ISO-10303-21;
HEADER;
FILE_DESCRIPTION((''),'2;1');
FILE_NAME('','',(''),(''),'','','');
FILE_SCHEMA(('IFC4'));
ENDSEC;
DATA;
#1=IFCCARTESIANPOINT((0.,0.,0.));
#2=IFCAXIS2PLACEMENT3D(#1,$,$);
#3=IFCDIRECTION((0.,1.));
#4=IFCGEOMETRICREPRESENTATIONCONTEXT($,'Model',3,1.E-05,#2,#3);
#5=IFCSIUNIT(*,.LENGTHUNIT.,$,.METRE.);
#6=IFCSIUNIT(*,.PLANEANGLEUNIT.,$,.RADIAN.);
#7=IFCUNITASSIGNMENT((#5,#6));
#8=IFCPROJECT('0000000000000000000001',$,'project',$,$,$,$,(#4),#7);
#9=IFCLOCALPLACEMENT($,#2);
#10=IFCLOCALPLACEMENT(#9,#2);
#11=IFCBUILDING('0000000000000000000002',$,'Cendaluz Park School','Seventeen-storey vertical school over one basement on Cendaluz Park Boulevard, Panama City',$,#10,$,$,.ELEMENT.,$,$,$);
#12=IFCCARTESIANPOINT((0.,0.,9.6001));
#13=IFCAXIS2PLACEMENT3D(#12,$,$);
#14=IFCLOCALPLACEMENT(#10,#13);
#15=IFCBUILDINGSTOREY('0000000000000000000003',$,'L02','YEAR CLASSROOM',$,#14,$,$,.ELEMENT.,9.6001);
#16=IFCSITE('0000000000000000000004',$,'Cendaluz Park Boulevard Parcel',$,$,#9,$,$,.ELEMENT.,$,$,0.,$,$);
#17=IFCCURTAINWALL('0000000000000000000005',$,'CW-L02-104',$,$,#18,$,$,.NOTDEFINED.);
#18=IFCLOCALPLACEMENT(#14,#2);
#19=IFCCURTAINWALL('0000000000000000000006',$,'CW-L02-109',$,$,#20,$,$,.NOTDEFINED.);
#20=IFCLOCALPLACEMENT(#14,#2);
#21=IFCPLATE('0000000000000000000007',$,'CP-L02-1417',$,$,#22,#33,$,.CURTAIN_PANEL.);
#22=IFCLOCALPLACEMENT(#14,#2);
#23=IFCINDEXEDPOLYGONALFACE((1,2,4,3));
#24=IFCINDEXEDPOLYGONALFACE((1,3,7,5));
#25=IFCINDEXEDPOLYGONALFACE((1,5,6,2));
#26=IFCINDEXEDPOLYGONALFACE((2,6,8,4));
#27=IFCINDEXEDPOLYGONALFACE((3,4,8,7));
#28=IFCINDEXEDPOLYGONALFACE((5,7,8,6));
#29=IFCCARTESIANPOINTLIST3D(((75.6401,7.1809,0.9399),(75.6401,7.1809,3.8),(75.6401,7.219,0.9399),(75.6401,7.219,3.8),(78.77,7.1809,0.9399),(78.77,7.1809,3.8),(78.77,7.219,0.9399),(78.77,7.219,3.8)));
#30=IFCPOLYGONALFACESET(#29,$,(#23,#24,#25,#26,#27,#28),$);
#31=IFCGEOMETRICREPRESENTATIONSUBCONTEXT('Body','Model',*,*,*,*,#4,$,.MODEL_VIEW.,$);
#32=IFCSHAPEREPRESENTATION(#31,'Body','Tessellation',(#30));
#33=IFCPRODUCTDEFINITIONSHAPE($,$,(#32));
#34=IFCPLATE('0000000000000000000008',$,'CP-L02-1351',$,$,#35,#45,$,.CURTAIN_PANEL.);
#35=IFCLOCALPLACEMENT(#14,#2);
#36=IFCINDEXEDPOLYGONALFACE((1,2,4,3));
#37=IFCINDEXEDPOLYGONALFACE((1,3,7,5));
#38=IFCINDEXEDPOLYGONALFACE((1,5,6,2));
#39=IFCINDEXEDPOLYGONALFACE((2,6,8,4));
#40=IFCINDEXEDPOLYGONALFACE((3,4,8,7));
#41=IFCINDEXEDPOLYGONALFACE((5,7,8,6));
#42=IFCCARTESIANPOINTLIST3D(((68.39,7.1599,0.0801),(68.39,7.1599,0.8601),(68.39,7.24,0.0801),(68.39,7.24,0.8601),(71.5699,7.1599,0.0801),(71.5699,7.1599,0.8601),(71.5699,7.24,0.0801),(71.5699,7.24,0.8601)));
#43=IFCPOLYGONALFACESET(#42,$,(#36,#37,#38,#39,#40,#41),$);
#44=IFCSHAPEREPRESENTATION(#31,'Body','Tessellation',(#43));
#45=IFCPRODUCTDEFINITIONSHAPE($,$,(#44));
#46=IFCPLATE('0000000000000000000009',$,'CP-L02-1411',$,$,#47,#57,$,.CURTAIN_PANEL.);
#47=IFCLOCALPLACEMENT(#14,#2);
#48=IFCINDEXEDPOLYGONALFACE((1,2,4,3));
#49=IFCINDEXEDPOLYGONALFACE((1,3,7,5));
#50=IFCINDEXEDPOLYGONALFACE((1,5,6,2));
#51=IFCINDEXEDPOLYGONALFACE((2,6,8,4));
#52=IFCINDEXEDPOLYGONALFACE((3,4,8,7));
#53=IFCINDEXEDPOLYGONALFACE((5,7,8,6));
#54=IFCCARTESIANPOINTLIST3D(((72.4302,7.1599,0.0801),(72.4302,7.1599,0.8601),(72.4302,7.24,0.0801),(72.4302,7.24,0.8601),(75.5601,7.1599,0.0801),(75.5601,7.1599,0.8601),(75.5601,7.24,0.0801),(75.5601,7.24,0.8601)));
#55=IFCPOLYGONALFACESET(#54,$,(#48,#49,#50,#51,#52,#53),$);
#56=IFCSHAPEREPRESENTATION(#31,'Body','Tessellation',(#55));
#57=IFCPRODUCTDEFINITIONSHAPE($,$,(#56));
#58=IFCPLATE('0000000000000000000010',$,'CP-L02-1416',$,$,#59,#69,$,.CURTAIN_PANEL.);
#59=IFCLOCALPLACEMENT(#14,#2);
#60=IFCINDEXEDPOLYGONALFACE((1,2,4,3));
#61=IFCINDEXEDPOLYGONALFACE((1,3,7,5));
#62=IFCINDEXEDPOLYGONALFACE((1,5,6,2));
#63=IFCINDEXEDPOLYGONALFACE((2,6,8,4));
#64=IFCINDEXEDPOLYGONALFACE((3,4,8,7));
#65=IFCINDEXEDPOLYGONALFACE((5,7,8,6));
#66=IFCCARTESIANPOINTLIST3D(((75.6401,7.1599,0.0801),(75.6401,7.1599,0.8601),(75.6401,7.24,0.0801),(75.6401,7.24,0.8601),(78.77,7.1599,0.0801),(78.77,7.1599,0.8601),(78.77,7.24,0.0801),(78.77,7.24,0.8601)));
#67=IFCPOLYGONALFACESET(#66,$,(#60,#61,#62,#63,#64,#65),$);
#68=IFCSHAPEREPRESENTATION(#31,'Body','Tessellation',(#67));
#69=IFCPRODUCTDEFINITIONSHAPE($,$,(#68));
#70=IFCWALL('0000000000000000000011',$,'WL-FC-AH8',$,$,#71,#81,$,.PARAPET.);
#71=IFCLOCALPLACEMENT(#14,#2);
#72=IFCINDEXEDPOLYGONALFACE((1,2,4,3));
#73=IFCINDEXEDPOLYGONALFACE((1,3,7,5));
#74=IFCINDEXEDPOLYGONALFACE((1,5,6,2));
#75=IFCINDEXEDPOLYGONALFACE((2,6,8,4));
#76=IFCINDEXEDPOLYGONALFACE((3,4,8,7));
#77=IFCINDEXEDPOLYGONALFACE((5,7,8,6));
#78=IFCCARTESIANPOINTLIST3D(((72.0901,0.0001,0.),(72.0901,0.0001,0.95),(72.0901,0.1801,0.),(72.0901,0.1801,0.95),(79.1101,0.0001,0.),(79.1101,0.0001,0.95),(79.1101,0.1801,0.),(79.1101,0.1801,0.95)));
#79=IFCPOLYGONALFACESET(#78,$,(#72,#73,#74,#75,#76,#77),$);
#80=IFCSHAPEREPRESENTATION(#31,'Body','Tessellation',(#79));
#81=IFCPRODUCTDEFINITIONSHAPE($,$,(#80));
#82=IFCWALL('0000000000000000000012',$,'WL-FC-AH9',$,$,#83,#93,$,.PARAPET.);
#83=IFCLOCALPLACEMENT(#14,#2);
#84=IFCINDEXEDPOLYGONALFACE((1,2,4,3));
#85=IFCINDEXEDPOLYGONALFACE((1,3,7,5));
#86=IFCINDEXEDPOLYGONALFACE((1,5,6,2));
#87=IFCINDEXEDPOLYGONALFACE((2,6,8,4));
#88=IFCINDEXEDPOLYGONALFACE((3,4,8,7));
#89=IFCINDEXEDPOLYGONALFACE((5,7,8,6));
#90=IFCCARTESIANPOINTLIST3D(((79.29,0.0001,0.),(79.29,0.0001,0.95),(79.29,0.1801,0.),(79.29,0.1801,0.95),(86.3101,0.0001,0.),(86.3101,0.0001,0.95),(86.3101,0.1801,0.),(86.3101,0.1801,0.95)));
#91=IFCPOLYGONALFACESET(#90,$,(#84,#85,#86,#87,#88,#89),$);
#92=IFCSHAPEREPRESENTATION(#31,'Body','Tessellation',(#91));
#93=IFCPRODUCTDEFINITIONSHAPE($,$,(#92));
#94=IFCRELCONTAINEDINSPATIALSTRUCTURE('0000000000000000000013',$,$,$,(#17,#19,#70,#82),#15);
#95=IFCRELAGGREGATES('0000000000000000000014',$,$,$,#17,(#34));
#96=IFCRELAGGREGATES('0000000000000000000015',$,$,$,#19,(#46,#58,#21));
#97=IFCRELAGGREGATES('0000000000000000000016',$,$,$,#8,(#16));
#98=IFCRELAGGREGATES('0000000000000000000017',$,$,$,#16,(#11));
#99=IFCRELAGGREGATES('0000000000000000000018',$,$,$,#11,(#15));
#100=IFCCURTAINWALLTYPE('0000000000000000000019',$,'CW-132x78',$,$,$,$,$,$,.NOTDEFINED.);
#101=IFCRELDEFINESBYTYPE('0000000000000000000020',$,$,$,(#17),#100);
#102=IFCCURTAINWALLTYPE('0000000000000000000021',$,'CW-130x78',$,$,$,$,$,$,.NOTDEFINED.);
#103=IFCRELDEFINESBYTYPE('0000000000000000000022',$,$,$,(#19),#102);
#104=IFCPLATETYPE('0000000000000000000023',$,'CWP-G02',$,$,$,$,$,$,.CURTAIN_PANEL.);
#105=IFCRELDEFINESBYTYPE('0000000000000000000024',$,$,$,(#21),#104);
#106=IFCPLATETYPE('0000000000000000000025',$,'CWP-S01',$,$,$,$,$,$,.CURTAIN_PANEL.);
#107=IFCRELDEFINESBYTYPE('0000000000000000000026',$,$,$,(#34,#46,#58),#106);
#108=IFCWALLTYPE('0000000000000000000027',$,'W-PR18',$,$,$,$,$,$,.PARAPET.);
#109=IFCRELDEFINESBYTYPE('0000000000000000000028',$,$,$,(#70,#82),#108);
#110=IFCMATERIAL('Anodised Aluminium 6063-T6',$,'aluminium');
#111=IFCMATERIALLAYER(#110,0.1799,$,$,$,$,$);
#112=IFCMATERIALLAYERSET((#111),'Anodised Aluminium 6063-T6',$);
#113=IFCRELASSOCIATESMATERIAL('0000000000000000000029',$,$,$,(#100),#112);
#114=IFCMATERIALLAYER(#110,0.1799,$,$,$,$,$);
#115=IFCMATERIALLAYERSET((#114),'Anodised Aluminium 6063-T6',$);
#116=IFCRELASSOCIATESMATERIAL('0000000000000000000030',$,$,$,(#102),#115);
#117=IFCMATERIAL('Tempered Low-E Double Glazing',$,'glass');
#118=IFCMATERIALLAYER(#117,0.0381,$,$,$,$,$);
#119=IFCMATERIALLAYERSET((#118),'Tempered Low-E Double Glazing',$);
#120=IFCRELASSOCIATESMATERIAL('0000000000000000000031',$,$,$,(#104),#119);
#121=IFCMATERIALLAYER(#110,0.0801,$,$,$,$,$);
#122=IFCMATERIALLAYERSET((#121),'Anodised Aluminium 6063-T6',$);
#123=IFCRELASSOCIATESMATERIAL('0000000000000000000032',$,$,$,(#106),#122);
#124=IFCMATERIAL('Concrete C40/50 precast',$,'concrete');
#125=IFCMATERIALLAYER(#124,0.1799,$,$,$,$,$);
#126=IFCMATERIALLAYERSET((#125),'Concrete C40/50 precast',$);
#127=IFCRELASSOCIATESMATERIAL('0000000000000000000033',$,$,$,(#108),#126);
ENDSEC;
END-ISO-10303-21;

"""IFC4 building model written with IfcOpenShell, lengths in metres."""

from ifc_helpers import new_model, si_unit, direction, frame, frame_2d, origin, origin_2d, place, context, subcontext, project, spatial, rectangle, extrude, material, layer, layer_set, type_object, element, aggregate, save


model = new_model("IFC4")

# Units and contexts
model_context = context("Model", 3, precision=1e-05, world=origin(), true_north=direction((0.0, 1.0)))
body_context = subcontext(model_context, "Body", "Model", "MODEL_VIEW")
ifc_project = project(units=[si_unit("LENGTHUNIT", "METRE"), si_unit("PLANEANGLEUNIT", "RADIAN")], contexts=[model_context])

# Site, building, storey
site_placement = place(None, origin())
site = spatial("IfcSite", under=ifc_project, at=site_placement, Name="Cendaluz Park Boulevard Parcel", CompositionType="ELEMENT", RefElevation=0.0)
building_placement = place(site_placement, origin())
building = spatial("IfcBuilding", under=site, at=building_placement, Name="Cendaluz Park School", Description="Seventeen-storey vertical school over one basement on Cendaluz Park Boulevard, Panama City", CompositionType="ELEMENT")
storey_placement = place(building_placement, frame((0.0, 0.0, 9.6001)))
storey = spatial("IfcBuildingStorey", under=building, at=storey_placement, Name="L02", Description="YEAR CLASSROOM", CompositionType="ELEMENT", Elevation=9.6001)

# Curtain wall
ifc_material_1 = material(Name="Anodised Aluminium 6063-T6", Category="aluminium")
ifc_layer_1 = layer(ifc_material_1, 0.1799)
ifc_layer_set_1 = layer_set([ifc_layer_1], Name="Anodised Aluminium 6063-T6")
curtain_wall_type_1 = type_object("IfcCurtainWallType", Name="CW-132x78", PredefinedType="NOTDEFINED", material=ifc_layer_set_1)
curtain_wall_1_placement = place(storey_placement, origin())
curtain_wall_1 = element("IfcCurtainWall", 1, at=curtain_wall_1_placement, inside=storey, type_object=curtain_wall_type_1, Name="CW-L02-104", PredefinedType="NOTDEFINED")

# Curtain wall
ifc_layer_2 = layer(ifc_material_1, 0.1799)
ifc_layer_set_2 = layer_set([ifc_layer_2], Name="Anodised Aluminium 6063-T6")
curtain_wall_type_2 = type_object("IfcCurtainWallType", Name="CW-130x78", PredefinedType="NOTDEFINED", material=ifc_layer_set_2)
curtain_wall_2_placement = place(storey_placement, origin())
curtain_wall_2 = element("IfcCurtainWall", 2, at=curtain_wall_2_placement, inside=storey, type_object=curtain_wall_type_2, Name="CW-L02-109", PredefinedType="NOTDEFINED")

# Plates
ifc_material_2 = material(Name="Tempered Low-E Double Glazing", Category="glass")
ifc_layer_3 = layer(ifc_material_2, 0.0381)
ifc_layer_set_3 = layer_set([ifc_layer_3], Name="Tempered Low-E Double Glazing")
plate_type_1 = type_object("IfcPlateType", Name="CWP-G02", PredefinedType="CURTAIN_PANEL", material=ifc_layer_set_3)
plate_1_placement = place(storey_placement, frame((77.2051, 7.2, 0.9399), z_axis=(0.0, 0.0, 1.0), x_axis=(1.0, 0.0, 0.0)))
plate_1 = element("IfcPlate", 3, at=plate_1_placement, type_object=plate_type_1, Name="CP-L02-1417", PredefinedType="CURTAIN_PANEL", context=body_context, shape_type="SweptSolid", body=[
    extrude(rectangle(XDim=3.1299, YDim=0.0381, at=origin_2d()), origin(), (0.0, 0.0, 1.0), 2.8601),
])
ifc_layer_4 = layer(ifc_material_1, 0.0801)
ifc_layer_set_4 = layer_set([ifc_layer_4], Name="Anodised Aluminium 6063-T6")
plate_type_2 = type_object("IfcPlateType", Name="CWP-S01", PredefinedType="CURTAIN_PANEL", material=ifc_layer_set_4)
plate_2_placement = place(storey_placement, frame((69.98, 7.2, 0.0801), z_axis=(0.0, 0.0, 1.0), x_axis=(1.0, 0.0, 0.0)))
plate_2 = element("IfcPlate", 4, at=plate_2_placement, type_object=plate_type_2, Name="CP-L02-1351", PredefinedType="CURTAIN_PANEL", context=body_context, shape_type="SweptSolid", body=[
    extrude(rectangle(XDim=3.1799, YDim=0.0801, at=origin_2d()), origin(), (0.0, 0.0, 1.0), 0.78),
])
aggregate(curtain_wall_1, [plate_2])
plate_3_placement = place(storey_placement, frame((73.9951, 7.2, 0.0801), z_axis=(0.0, 0.0, 1.0), x_axis=(1.0, 0.0, 0.0)))
plate_3 = element("IfcPlate", 5, at=plate_3_placement, type_object=plate_type_2, Name="CP-L02-1411", PredefinedType="CURTAIN_PANEL", context=body_context, shape_type="SweptSolid", body=[
    extrude(rectangle(XDim=3.1299, YDim=0.0801, at=origin_2d()), origin(), (0.0, 0.0, 1.0), 0.78),
])
plate_4_placement = place(storey_placement, frame((77.2051, 7.2, 0.0801), z_axis=(0.0, 0.0, 1.0), x_axis=(1.0, 0.0, 0.0)))
plate_4 = element("IfcPlate", 6, at=plate_4_placement, type_object=plate_type_2, Name="CP-L02-1416", PredefinedType="CURTAIN_PANEL", context=body_context, shape_type="SweptSolid", body=[
    extrude(rectangle(XDim=3.1299, YDim=0.0801, at=origin_2d()), origin(), (0.0, 0.0, 1.0), 0.78),
])
aggregate(curtain_wall_2, [plate_3, plate_4, plate_1])

# Walls
ifc_material_3 = material(Name="Concrete C40/50 precast", Category="concrete")
ifc_layer_5 = layer(ifc_material_3, 0.1799)
ifc_layer_set_5 = layer_set([ifc_layer_5], Name="Concrete C40/50 precast")
wall_type = type_object("IfcWallType", Name="W-PR18", PredefinedType="PARAPET", material=ifc_layer_set_5)
for number, where, z_axis, x_axis, name in (
    (7, (72.0901, 0.0901, 0.0), (0.0, 0.0, 1.0), (1.0, 0.0, 0.0), "WL-FC-AH8"),
    (8, (79.29, 0.0901, 0.0), (0.0, 0.0, 1.0), (1.0, 0.0, 0.0), "WL-FC-AH9"),
):
    element("IfcWall", number, at=place(storey_placement, frame(where, z_axis=z_axis, x_axis=x_axis)), inside=storey, type_object=wall_type, Name=name, PredefinedType="PARAPET", context=body_context, shape_type="SweptSolid", body=[
        extrude(rectangle(XDim=7.02, YDim=0.1799, at=frame_2d((3.51, 0.0))), origin(), (0.0, 0.0, 1.0), 0.95),
    ])

save(model, "model.ifc")
